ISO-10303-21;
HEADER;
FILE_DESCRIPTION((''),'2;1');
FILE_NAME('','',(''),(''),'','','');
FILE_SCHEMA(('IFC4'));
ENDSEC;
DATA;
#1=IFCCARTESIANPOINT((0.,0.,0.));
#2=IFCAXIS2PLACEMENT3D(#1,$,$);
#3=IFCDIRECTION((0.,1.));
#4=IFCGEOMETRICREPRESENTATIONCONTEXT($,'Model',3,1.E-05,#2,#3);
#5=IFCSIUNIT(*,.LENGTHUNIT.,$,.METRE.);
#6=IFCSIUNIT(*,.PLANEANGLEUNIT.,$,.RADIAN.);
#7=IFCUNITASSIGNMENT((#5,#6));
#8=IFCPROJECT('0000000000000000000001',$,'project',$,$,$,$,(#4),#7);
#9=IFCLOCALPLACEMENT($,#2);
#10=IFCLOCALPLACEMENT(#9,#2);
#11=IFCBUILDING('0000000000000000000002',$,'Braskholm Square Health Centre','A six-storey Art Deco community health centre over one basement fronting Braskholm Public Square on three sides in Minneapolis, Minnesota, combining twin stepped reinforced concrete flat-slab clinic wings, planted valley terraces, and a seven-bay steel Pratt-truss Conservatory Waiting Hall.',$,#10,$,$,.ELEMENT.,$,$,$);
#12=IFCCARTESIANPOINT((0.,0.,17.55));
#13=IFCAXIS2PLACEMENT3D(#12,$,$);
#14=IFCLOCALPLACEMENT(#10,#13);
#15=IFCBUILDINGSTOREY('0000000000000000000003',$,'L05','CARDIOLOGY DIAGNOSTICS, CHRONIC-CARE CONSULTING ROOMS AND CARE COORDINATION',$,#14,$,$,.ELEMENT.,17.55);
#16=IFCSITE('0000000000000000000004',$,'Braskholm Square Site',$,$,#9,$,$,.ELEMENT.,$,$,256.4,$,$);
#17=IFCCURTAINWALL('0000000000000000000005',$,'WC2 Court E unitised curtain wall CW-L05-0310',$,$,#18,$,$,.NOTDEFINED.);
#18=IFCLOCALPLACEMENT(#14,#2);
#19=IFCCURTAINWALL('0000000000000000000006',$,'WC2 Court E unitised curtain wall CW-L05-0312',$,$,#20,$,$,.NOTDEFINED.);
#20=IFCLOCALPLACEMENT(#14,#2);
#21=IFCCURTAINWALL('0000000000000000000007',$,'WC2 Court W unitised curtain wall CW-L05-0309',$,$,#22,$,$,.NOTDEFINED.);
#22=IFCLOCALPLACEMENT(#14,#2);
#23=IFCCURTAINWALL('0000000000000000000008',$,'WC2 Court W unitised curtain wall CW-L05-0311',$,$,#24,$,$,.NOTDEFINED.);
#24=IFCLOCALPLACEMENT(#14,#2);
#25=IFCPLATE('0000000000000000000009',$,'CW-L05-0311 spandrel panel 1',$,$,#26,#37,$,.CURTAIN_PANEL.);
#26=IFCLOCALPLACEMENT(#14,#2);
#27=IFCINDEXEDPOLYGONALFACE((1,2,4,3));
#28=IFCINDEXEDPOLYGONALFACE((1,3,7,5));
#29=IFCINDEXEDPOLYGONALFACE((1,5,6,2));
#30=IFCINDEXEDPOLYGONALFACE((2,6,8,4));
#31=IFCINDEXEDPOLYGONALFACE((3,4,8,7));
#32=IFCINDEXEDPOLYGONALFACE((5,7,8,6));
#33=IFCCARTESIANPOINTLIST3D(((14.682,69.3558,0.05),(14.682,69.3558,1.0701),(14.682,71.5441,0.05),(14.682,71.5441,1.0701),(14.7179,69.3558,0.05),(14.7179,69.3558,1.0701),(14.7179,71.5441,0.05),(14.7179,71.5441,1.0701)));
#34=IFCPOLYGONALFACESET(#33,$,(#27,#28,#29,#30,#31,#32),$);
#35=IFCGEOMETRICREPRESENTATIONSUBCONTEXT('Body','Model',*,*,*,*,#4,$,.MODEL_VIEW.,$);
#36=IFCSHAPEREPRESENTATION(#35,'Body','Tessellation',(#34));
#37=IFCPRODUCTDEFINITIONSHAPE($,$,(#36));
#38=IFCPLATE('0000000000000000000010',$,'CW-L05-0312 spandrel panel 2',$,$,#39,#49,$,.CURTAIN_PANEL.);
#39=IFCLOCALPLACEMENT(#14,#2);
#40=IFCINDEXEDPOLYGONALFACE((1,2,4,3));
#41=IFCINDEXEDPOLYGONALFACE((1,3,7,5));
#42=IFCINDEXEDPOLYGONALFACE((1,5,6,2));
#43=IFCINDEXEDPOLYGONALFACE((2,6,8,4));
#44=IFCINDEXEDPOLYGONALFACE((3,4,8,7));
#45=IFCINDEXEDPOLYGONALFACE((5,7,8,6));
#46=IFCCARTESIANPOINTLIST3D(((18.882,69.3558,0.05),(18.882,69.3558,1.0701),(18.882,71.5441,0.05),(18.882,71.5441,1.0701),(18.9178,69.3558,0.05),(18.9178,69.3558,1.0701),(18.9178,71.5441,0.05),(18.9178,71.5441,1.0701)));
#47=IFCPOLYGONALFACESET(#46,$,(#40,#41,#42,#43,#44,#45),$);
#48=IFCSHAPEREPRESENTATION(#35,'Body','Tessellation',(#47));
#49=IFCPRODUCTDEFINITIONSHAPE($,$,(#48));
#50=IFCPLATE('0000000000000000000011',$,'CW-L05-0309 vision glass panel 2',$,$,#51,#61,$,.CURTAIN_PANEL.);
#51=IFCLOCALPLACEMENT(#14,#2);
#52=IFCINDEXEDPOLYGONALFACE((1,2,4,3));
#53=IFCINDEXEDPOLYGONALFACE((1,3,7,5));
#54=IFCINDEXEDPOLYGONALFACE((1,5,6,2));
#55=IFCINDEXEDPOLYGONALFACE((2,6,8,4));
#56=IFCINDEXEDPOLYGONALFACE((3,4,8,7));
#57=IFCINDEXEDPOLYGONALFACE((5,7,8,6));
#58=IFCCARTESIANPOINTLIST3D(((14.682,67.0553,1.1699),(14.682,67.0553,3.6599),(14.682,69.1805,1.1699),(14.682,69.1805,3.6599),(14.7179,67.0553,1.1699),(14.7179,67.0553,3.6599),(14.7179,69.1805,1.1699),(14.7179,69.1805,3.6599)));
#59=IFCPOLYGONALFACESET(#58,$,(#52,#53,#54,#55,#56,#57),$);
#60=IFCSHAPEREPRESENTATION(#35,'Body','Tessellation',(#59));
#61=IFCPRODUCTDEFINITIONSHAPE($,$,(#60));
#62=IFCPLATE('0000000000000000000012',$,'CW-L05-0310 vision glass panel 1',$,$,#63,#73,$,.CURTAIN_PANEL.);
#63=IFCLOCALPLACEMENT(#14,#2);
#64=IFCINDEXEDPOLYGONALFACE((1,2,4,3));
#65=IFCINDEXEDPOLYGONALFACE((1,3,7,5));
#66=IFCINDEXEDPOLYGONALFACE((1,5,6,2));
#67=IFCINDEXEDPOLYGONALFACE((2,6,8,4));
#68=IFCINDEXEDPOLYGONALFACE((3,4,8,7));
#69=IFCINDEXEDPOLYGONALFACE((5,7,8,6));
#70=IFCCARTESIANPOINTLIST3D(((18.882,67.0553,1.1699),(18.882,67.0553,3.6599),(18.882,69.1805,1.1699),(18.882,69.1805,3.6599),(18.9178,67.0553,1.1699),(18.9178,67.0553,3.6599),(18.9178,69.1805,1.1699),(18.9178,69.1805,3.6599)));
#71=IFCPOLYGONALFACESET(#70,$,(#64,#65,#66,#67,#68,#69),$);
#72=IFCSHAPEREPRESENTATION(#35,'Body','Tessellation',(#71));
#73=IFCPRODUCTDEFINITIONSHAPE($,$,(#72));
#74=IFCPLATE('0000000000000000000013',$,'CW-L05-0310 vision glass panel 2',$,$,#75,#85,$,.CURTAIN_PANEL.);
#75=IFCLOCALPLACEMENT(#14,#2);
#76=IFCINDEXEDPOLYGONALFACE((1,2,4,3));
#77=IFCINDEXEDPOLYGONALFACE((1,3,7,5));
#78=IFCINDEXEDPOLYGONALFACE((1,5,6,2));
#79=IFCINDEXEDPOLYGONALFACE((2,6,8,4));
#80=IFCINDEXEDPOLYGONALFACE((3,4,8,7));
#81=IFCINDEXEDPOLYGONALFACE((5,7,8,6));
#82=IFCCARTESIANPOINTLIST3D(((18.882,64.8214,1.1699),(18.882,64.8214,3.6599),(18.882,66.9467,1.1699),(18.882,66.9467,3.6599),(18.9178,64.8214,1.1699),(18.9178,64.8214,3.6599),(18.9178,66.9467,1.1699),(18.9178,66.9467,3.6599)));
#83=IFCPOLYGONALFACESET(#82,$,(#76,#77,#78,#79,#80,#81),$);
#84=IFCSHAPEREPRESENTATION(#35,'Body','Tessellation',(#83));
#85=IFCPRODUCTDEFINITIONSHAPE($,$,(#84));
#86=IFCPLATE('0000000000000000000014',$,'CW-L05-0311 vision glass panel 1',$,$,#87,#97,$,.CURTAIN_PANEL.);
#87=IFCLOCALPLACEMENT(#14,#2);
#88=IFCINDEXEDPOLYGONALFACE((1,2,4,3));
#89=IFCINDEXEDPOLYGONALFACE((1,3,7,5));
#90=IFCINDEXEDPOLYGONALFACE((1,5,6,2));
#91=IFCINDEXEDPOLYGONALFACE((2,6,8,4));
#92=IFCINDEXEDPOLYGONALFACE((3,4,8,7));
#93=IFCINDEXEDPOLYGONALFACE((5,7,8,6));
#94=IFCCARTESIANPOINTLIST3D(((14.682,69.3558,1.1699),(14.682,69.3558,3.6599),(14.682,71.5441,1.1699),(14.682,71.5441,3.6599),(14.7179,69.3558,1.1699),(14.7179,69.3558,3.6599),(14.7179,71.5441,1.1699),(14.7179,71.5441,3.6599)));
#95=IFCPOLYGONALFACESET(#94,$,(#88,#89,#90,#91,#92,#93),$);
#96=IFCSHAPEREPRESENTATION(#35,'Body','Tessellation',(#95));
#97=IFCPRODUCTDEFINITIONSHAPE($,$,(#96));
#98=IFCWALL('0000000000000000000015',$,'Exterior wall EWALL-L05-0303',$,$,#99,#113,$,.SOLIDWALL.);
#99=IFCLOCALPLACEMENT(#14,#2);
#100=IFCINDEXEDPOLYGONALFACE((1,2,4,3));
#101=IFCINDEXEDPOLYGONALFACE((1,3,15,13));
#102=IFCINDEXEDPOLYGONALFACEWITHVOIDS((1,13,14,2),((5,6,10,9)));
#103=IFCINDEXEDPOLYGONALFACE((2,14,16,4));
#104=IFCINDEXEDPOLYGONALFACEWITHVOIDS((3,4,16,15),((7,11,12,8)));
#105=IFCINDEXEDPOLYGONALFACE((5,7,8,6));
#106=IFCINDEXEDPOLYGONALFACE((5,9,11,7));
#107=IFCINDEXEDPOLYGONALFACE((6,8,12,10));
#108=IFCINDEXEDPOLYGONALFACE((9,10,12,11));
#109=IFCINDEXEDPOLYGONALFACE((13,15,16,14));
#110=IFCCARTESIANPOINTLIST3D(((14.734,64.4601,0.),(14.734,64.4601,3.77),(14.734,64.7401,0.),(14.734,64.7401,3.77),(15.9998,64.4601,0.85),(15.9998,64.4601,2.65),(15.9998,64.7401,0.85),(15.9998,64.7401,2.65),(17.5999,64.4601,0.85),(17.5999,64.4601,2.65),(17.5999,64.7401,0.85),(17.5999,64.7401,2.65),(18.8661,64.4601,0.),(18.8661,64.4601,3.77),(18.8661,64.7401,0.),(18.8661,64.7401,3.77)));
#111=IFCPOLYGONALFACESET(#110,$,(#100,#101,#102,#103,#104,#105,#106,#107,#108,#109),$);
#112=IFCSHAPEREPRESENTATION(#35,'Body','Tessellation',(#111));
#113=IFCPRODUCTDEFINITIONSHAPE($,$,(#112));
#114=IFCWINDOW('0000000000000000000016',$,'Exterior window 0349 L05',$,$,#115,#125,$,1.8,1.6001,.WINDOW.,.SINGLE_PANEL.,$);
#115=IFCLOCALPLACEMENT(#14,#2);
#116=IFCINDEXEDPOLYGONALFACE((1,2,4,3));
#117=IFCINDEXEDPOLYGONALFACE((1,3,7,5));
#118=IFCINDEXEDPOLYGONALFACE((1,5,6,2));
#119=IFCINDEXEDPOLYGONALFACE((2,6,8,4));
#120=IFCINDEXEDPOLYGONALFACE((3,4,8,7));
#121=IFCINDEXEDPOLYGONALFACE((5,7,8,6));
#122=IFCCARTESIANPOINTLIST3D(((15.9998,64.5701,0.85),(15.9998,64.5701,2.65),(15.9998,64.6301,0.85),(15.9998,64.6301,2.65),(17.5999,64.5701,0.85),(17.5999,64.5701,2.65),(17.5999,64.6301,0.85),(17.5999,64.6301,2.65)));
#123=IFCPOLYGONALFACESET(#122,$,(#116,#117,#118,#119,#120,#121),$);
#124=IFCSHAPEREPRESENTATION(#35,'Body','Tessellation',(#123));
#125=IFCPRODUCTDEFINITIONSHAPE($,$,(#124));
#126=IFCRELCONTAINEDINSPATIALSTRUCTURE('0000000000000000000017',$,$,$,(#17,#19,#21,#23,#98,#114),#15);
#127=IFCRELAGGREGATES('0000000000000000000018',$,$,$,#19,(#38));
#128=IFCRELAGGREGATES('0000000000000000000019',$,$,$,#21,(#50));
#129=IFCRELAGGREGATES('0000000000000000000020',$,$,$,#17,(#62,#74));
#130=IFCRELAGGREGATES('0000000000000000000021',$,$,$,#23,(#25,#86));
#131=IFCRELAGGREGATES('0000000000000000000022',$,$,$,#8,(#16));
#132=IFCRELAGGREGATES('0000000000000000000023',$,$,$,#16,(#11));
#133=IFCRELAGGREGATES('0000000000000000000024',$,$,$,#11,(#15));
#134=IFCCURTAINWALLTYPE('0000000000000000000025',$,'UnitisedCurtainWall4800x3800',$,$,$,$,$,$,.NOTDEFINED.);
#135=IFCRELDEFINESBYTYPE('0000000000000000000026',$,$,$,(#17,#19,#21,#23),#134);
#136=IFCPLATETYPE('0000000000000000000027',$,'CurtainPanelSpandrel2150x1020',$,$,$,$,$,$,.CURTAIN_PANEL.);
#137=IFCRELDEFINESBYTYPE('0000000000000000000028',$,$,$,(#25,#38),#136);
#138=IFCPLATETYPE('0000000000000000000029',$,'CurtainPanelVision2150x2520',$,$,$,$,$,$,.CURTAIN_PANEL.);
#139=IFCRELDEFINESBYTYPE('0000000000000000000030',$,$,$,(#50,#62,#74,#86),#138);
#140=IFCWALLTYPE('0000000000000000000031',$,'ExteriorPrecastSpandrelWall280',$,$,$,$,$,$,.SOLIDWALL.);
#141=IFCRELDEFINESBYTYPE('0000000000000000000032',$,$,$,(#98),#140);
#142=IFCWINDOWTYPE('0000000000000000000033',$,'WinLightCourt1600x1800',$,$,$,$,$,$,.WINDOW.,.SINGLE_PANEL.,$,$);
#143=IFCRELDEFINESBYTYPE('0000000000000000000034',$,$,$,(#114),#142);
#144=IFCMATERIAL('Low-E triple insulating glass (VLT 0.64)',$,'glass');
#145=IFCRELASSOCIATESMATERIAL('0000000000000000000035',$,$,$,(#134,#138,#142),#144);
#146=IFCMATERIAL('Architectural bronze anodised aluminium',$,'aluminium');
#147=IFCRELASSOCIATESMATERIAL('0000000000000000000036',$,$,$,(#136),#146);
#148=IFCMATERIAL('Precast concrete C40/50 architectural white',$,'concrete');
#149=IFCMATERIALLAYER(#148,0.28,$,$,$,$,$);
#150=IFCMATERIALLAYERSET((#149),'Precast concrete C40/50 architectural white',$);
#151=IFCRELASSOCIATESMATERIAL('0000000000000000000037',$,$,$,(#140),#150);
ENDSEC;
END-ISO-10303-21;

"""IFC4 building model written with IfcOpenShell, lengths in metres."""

from ifc_helpers import new_model, si_unit, direction, frame, frame_2d, origin, origin_with_axes, origin_2d, place, context, subcontext, project, spatial, rectangle, extrude, material, layer, layer_set, type_object, element, fill, aggregate, save


model = new_model("IFC4")

# Units and contexts
model_context = context("Model", 3, precision=1e-05, world=origin(), true_north=direction((0.0, 1.0)))
body_context = subcontext(model_context, "Body", "Model", "MODEL_VIEW")
ifc_project = project(units=[si_unit("LENGTHUNIT", "METRE"), si_unit("PLANEANGLEUNIT", "RADIAN")], contexts=[model_context])

# Site, building, storey
site_placement = place(None, origin())
site = spatial("IfcSite", under=ifc_project, at=site_placement, Name="Braskholm Square Site", CompositionType="ELEMENT", RefElevation=256.4)
building_placement = place(site_placement, origin())
building = spatial("IfcBuilding", under=site, at=building_placement, Name="Braskholm Square Health Centre", Description="A six-storey Art Deco community health centre over one basement fronting Braskholm Public Square on three sides in Minneapolis, Minnesota, combining twin stepped reinforced concrete flat-slab clinic wings, planted valley terraces, and a seven-bay steel Pratt-truss Conservatory Waiting Hall.", CompositionType="ELEMENT")
storey_placement = place(building_placement, frame((0.0, 0.0, 17.55)))
storey = spatial("IfcBuildingStorey", under=building, at=storey_placement, Name="L05", Description="CARDIOLOGY DIAGNOSTICS, CHRONIC-CARE CONSULTING ROOMS AND CARE COORDINATION", CompositionType="ELEMENT", Elevation=17.55)

# Curtain wall
ifc_material_1 = material(Name="Low-E triple insulating glass (VLT 0.64)", Category="glass")
curtain_wall_type = type_object("IfcCurtainWallType", Name="UnitisedCurtainWall4800x3800", PredefinedType="NOTDEFINED", material=ifc_material_1)
curtain_wall_1_placement = place(storey_placement, origin())
curtain_wall_1 = element("IfcCurtainWall", 1, at=curtain_wall_1_placement, inside=storey, type_object=curtain_wall_type, Name="WC2 Court E unitised curtain wall CW-L05-0310", PredefinedType="NOTDEFINED")
ifc_material_2 = material(Name="Architectural bronze anodised aluminium", Category="aluminium")

# Curtain walls
curtain_wall_2_placement = place(storey_placement, origin())
curtain_wall_2 = element("IfcCurtainWall", 2, at=curtain_wall_2_placement, inside=storey, type_object=curtain_wall_type, Name="WC2 Court E unitised curtain wall CW-L05-0312", PredefinedType="NOTDEFINED")
curtain_wall_3_placement = place(storey_placement, origin())
curtain_wall_3 = element("IfcCurtainWall", 3, at=curtain_wall_3_placement, inside=storey, type_object=curtain_wall_type, Name="WC2 Court W unitised curtain wall CW-L05-0309", PredefinedType="NOTDEFINED")
curtain_wall_4_placement = place(storey_placement, origin())
curtain_wall_4 = element("IfcCurtainWall", 4, at=curtain_wall_4_placement, inside=storey, type_object=curtain_wall_type, Name="WC2 Court W unitised curtain wall CW-L05-0311", PredefinedType="NOTDEFINED")

# Plates
plate_type_1 = type_object("IfcPlateType", Name="CurtainPanelSpandrel2150x1020", PredefinedType="CURTAIN_PANEL", material=ifc_material_2)
plate_1_placement = place(storey_placement, frame((14.7, 70.45, 0.05), z_axis=(0.0, 0.0, 1.0), x_axis=(0.0, 1.0, 0.0)))
plate_1 = element("IfcPlate", 5, at=plate_1_placement, type_object=plate_type_1, Name="CW-L05-0311 spandrel panel 1", PredefinedType="CURTAIN_PANEL", context=body_context, shape_type="SweptSolid", body=[
    extrude(rectangle(XDim=2.1882, YDim=0.0359, at=origin_2d()), origin(), (0.0, 0.0, 1.0), 1.02),
])
plate_2_placement = place(storey_placement, frame((18.8999, 70.45, 0.05), z_axis=(0.0, 0.0, 1.0), x_axis=(0.0, -1.0, 0.0)))
plate_2 = element("IfcPlate", 6, at=plate_2_placement, type_object=plate_type_1, Name="CW-L05-0312 spandrel panel 2", PredefinedType="CURTAIN_PANEL", context=body_context, shape_type="SweptSolid", body=[
    extrude(rectangle(XDim=2.1882, YDim=0.0359, at=origin_2d()), origin(), (0.0, 0.0, 1.0), 1.02),
])
aggregate(curtain_wall_2, [plate_2])
plate_type_2 = type_object("IfcPlateType", Name="CurtainPanelVision2150x2520", PredefinedType="CURTAIN_PANEL", material=ifc_material_1)
plate_3_placement = place(storey_placement, frame((14.7, 68.1179, 1.1699), z_axis=(0.0, 0.0, 1.0), x_axis=(0.0, 1.0, 0.0)))
plate_3 = element("IfcPlate", 7, at=plate_3_placement, type_object=plate_type_2, Name="CW-L05-0309 vision glass panel 2", PredefinedType="CURTAIN_PANEL", context=body_context, shape_type="SweptSolid", body=[
    extrude(rectangle(XDim=2.1252, YDim=0.0359, at=origin_2d()), origin(), (0.0, 0.0, 1.0), 2.49),
])
aggregate(curtain_wall_3, [plate_3])
plate_4_placement = place(storey_placement, frame((18.8999, 68.1179, 1.1699), z_axis=(0.0, 0.0, 1.0), x_axis=(0.0, -1.0, 0.0)))
plate_4 = element("IfcPlate", 8, at=plate_4_placement, type_object=plate_type_2, Name="CW-L05-0310 vision glass panel 1", PredefinedType="CURTAIN_PANEL", context=body_context, shape_type="SweptSolid", body=[
    extrude(rectangle(XDim=2.1252, YDim=0.0359, at=origin_2d()), origin(), (0.0, 0.0, 1.0), 2.49),
])
plate_5_placement = place(storey_placement, frame((18.8999, 65.884, 1.1699), z_axis=(0.0, 0.0, 1.0), x_axis=(0.0, -1.0, 0.0)))
plate_5 = element("IfcPlate", 9, at=plate_5_placement, type_object=plate_type_2, Name="CW-L05-0310 vision glass panel 2", PredefinedType="CURTAIN_PANEL", context=body_context, shape_type="SweptSolid", body=[
    extrude(rectangle(XDim=2.1252, YDim=0.0359, at=origin_2d()), origin(), (0.0, 0.0, 1.0), 2.49),
])
aggregate(curtain_wall_1, [plate_4, plate_5])
plate_6_placement = place(storey_placement, frame((14.7, 70.45, 1.1699), z_axis=(0.0, 0.0, 1.0), x_axis=(0.0, 1.0, 0.0)))
plate_6 = element("IfcPlate", 10, at=plate_6_placement, type_object=plate_type_2, Name="CW-L05-0311 vision glass panel 1", PredefinedType="CURTAIN_PANEL", context=body_context, shape_type="SweptSolid", body=[
    extrude(rectangle(XDim=2.1882, YDim=0.0359, at=origin_2d()), origin(), (0.0, 0.0, 1.0), 2.49),
])
aggregate(curtain_wall_4, [plate_1, plate_6])

# Wall, opening, window
ifc_material_3 = material(Name="Precast concrete C40/50 architectural white", Category="concrete")
ifc_layer = layer(ifc_material_3, 0.28)
ifc_layer_set = layer_set([ifc_layer], Name="Precast concrete C40/50 architectural white")
wall_type = type_object("IfcWallType", Name="ExteriorPrecastSpandrelWall280", PredefinedType="SOLIDWALL", material=ifc_layer_set)
wall_placement = place(storey_placement, frame((18.866, 64.6001, 0.0), z_axis=(0.0, 0.0, 1.0), x_axis=(-1.0, 0.0, 0.0)))
wall = element("IfcWall", 11, at=wall_placement, inside=storey, type_object=wall_type, Name="Exterior wall EWALL-L05-0303", PredefinedType="SOLIDWALL", context=body_context, shape_type="SweptSolid", body=[
    extrude(rectangle(XDim=4.1321, YDim=0.28, at=frame_2d((2.0659, 0.0))), origin(), (0.0, 0.0, 1.0), 3.77),
])
opening_placement = place(wall_placement, frame((1.2661, 0.0, 0.8501)))
opening = element("IfcOpeningElement", 12, at=opening_placement, cuts=wall, PredefinedType="OPENING", context=body_context, shape_type="SweptSolid", body=[
    extrude(rectangle(XDim=1.6001, YDim=1.8, at=frame_2d((0.8, 0.8999))), frame((0.0, 0.1499, 0.0), z_axis=(0.0, -1.0, 0.0), x_axis=(1.0, 0.0, 0.0)), (0.0, 0.0, 1.0), 0.3),
])
window_type = type_object("IfcWindowType", Name="WinLightCourt1600x1800", PartitioningType="SINGLE_PANEL", PredefinedType="WINDOW", material=ifc_material_1)
window_placement = place(opening_placement, origin_with_axes())
window = element("IfcWindow", 13, at=window_placement, inside=storey, type_object=window_type, Name="Exterior window 0349 L05", OverallHeight=1.8, OverallWidth=1.6001, PartitioningType="SINGLE_PANEL", PredefinedType="WINDOW", context=body_context, shape_type="SweptSolid", body=[
    extrude(rectangle(XDim=1.6001, YDim=1.8, at=frame_2d((0.8, 0.8999))), frame((0.0, 0.03, 0.0), z_axis=(0.0, -1.0, 0.0), x_axis=(1.0, 0.0, 0.0)), (0.0, 0.0, 1.0), 0.0601),
])
fill(opening, window)

save(model, "model.ifc")
